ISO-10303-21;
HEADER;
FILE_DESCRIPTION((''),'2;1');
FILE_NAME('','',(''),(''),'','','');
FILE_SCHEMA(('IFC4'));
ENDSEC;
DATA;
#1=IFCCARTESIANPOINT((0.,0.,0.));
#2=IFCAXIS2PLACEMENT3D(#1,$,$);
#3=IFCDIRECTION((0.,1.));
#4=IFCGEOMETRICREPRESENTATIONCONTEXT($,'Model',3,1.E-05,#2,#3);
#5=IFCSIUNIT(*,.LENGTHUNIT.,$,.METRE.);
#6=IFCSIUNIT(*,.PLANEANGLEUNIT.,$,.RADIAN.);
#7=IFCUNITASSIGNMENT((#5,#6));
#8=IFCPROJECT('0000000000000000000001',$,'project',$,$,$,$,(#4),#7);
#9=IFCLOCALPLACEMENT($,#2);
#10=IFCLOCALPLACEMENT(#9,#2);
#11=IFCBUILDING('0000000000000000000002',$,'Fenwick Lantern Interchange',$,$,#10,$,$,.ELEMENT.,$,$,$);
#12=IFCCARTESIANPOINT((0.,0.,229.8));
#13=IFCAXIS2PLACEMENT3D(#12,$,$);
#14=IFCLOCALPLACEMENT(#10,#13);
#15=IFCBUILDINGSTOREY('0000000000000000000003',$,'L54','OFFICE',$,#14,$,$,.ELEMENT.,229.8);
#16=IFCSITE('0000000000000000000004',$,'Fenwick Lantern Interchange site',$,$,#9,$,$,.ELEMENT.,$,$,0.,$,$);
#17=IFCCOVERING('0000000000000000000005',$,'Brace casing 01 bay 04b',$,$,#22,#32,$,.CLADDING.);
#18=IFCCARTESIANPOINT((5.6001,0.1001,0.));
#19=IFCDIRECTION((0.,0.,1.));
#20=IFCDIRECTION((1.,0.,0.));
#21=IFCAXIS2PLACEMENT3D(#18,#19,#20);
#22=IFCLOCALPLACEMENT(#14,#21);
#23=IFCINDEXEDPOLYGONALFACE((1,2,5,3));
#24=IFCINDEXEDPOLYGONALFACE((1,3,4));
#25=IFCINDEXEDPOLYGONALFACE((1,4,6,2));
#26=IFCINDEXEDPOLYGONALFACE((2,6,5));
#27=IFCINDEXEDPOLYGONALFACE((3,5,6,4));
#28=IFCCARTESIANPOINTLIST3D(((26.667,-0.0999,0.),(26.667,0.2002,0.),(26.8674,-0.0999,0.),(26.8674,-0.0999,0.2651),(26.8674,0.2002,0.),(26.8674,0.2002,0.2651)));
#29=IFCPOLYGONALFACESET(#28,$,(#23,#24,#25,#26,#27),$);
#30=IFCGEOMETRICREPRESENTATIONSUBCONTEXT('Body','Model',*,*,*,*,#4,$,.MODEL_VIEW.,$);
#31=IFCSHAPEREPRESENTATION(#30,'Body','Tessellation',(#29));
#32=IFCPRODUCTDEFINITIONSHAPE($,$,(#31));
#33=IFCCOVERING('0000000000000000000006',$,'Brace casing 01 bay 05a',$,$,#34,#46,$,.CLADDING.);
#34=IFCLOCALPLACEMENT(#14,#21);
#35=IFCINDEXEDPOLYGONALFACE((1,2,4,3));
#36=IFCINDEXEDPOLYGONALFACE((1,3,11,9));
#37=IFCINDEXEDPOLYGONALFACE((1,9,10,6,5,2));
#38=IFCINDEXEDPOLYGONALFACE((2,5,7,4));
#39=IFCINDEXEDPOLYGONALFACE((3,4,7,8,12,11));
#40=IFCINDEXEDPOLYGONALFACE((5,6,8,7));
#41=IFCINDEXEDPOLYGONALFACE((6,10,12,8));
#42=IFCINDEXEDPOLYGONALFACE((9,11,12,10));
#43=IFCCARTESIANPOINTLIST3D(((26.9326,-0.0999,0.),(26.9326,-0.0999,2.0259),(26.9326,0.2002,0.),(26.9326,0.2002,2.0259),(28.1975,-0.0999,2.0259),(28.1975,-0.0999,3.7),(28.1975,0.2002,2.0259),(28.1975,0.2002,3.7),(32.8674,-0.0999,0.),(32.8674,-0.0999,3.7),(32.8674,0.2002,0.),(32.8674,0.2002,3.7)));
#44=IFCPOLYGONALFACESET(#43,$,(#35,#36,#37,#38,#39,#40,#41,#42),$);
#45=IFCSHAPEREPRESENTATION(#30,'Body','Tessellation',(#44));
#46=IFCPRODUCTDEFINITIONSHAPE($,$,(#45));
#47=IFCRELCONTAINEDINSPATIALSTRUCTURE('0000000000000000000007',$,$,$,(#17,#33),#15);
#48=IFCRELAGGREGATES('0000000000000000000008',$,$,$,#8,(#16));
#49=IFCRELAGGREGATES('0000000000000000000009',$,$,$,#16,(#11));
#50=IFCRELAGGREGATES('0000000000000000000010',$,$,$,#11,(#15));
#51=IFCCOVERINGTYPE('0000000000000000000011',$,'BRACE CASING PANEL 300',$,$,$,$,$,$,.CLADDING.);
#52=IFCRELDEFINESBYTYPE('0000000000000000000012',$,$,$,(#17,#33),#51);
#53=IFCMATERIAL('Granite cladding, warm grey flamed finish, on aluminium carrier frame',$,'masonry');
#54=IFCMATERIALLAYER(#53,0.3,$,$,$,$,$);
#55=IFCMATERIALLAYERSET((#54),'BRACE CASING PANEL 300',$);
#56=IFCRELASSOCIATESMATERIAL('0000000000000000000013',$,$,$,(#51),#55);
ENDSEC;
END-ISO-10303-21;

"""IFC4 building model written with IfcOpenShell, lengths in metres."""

from ifc_helpers import new_model, si_unit, direction, frame, origin, place, context, subcontext, project, spatial, polyline, outline, extrude, material, layer, layer_set, type_object, element, save


model = new_model("IFC4")

# Units and contexts
model_context = context("Model", 3, precision=1e-05, world=origin(), true_north=direction((0.0, 1.0)))
body_context = subcontext(model_context, "Body", "Model", "MODEL_VIEW")
ifc_project = project(units=[si_unit("LENGTHUNIT", "METRE"), si_unit("PLANEANGLEUNIT", "RADIAN")], contexts=[model_context])

# Site, building, storey
site_placement = place(None, origin())
site = spatial("IfcSite", under=ifc_project, at=site_placement, Name="Fenwick Lantern Interchange site", CompositionType="ELEMENT", RefElevation=0.0)
building_placement = place(site_placement, origin())
building = spatial("IfcBuilding", under=site, at=building_placement, Name="Fenwick Lantern Interchange", CompositionType="ELEMENT")
storey_placement = place(building_placement, frame((0.0, 0.0, 229.8)))
storey = spatial("IfcBuildingStorey", under=building, at=storey_placement, Name="L54", Description="OFFICE", CompositionType="ELEMENT", Elevation=229.8)

# Coverings
ifc_material_1 = material(Name="Granite cladding, warm grey flamed finish, on aluminium carrier frame", Category="masonry")
ifc_layer_1 = layer(ifc_material_1, 0.3)
ifc_layer_set_1 = layer_set([ifc_layer_1], Name="BRACE CASING PANEL 300")
covering_type_1 = type_object("IfcCoveringType", Name="BRACE CASING PANEL 300", PredefinedType="CLADDING", material=ifc_layer_set_1)
covering_1_placement = place(storey_placement, frame((5.6001, 0.1001, 0.0), z_axis=(0.0, 0.0, 1.0), x_axis=(1.0, 0.0, 0.0)))
element("IfcCovering", 1, at=covering_1_placement, inside=storey, type_object=covering_type_1, Name="Brace casing 01 bay 04b", PredefinedType="CLADDING", context=body_context, shape_type="SweptSolid", body=[
    extrude(outline(polyline([(26.667, 0.0), (26.8674, 0.0), (26.8674, 0.2651), (26.667, 0.0)])), frame((0.0, 0.2002, 0.0), z_axis=(0.0, -1.0, 0.0), x_axis=(1.0, 0.0, 0.0)), (0.0, 0.0, 1.0), 0.3),
])
covering_2_placement = place(storey_placement, frame((5.6001, 0.1001, 0.0), z_axis=(0.0, 0.0, 1.0), x_axis=(1.0, 0.0, 0.0)))
element("IfcCovering", 2, at=covering_2_placement, inside=storey, type_object=covering_type_1, Name="Brace casing 01 bay 05a", PredefinedType="CLADDING", context=body_context, shape_type="SweptSolid", body=[
    extrude(outline(polyline([(26.9326, 0.0), (32.8674, 0.0), (32.8674, 3.7), (28.1975, 3.7), (28.1975, 2.0259), (26.9326, 2.0259), (26.9326, 0.0)])), frame((0.0, 0.2002, 0.0), z_axis=(0.0, -1.0, 0.0), x_axis=(1.0, 0.0, 0.0)), (0.0, 0.0, 1.0), 0.3),
])

save(model, "model.ifc")
